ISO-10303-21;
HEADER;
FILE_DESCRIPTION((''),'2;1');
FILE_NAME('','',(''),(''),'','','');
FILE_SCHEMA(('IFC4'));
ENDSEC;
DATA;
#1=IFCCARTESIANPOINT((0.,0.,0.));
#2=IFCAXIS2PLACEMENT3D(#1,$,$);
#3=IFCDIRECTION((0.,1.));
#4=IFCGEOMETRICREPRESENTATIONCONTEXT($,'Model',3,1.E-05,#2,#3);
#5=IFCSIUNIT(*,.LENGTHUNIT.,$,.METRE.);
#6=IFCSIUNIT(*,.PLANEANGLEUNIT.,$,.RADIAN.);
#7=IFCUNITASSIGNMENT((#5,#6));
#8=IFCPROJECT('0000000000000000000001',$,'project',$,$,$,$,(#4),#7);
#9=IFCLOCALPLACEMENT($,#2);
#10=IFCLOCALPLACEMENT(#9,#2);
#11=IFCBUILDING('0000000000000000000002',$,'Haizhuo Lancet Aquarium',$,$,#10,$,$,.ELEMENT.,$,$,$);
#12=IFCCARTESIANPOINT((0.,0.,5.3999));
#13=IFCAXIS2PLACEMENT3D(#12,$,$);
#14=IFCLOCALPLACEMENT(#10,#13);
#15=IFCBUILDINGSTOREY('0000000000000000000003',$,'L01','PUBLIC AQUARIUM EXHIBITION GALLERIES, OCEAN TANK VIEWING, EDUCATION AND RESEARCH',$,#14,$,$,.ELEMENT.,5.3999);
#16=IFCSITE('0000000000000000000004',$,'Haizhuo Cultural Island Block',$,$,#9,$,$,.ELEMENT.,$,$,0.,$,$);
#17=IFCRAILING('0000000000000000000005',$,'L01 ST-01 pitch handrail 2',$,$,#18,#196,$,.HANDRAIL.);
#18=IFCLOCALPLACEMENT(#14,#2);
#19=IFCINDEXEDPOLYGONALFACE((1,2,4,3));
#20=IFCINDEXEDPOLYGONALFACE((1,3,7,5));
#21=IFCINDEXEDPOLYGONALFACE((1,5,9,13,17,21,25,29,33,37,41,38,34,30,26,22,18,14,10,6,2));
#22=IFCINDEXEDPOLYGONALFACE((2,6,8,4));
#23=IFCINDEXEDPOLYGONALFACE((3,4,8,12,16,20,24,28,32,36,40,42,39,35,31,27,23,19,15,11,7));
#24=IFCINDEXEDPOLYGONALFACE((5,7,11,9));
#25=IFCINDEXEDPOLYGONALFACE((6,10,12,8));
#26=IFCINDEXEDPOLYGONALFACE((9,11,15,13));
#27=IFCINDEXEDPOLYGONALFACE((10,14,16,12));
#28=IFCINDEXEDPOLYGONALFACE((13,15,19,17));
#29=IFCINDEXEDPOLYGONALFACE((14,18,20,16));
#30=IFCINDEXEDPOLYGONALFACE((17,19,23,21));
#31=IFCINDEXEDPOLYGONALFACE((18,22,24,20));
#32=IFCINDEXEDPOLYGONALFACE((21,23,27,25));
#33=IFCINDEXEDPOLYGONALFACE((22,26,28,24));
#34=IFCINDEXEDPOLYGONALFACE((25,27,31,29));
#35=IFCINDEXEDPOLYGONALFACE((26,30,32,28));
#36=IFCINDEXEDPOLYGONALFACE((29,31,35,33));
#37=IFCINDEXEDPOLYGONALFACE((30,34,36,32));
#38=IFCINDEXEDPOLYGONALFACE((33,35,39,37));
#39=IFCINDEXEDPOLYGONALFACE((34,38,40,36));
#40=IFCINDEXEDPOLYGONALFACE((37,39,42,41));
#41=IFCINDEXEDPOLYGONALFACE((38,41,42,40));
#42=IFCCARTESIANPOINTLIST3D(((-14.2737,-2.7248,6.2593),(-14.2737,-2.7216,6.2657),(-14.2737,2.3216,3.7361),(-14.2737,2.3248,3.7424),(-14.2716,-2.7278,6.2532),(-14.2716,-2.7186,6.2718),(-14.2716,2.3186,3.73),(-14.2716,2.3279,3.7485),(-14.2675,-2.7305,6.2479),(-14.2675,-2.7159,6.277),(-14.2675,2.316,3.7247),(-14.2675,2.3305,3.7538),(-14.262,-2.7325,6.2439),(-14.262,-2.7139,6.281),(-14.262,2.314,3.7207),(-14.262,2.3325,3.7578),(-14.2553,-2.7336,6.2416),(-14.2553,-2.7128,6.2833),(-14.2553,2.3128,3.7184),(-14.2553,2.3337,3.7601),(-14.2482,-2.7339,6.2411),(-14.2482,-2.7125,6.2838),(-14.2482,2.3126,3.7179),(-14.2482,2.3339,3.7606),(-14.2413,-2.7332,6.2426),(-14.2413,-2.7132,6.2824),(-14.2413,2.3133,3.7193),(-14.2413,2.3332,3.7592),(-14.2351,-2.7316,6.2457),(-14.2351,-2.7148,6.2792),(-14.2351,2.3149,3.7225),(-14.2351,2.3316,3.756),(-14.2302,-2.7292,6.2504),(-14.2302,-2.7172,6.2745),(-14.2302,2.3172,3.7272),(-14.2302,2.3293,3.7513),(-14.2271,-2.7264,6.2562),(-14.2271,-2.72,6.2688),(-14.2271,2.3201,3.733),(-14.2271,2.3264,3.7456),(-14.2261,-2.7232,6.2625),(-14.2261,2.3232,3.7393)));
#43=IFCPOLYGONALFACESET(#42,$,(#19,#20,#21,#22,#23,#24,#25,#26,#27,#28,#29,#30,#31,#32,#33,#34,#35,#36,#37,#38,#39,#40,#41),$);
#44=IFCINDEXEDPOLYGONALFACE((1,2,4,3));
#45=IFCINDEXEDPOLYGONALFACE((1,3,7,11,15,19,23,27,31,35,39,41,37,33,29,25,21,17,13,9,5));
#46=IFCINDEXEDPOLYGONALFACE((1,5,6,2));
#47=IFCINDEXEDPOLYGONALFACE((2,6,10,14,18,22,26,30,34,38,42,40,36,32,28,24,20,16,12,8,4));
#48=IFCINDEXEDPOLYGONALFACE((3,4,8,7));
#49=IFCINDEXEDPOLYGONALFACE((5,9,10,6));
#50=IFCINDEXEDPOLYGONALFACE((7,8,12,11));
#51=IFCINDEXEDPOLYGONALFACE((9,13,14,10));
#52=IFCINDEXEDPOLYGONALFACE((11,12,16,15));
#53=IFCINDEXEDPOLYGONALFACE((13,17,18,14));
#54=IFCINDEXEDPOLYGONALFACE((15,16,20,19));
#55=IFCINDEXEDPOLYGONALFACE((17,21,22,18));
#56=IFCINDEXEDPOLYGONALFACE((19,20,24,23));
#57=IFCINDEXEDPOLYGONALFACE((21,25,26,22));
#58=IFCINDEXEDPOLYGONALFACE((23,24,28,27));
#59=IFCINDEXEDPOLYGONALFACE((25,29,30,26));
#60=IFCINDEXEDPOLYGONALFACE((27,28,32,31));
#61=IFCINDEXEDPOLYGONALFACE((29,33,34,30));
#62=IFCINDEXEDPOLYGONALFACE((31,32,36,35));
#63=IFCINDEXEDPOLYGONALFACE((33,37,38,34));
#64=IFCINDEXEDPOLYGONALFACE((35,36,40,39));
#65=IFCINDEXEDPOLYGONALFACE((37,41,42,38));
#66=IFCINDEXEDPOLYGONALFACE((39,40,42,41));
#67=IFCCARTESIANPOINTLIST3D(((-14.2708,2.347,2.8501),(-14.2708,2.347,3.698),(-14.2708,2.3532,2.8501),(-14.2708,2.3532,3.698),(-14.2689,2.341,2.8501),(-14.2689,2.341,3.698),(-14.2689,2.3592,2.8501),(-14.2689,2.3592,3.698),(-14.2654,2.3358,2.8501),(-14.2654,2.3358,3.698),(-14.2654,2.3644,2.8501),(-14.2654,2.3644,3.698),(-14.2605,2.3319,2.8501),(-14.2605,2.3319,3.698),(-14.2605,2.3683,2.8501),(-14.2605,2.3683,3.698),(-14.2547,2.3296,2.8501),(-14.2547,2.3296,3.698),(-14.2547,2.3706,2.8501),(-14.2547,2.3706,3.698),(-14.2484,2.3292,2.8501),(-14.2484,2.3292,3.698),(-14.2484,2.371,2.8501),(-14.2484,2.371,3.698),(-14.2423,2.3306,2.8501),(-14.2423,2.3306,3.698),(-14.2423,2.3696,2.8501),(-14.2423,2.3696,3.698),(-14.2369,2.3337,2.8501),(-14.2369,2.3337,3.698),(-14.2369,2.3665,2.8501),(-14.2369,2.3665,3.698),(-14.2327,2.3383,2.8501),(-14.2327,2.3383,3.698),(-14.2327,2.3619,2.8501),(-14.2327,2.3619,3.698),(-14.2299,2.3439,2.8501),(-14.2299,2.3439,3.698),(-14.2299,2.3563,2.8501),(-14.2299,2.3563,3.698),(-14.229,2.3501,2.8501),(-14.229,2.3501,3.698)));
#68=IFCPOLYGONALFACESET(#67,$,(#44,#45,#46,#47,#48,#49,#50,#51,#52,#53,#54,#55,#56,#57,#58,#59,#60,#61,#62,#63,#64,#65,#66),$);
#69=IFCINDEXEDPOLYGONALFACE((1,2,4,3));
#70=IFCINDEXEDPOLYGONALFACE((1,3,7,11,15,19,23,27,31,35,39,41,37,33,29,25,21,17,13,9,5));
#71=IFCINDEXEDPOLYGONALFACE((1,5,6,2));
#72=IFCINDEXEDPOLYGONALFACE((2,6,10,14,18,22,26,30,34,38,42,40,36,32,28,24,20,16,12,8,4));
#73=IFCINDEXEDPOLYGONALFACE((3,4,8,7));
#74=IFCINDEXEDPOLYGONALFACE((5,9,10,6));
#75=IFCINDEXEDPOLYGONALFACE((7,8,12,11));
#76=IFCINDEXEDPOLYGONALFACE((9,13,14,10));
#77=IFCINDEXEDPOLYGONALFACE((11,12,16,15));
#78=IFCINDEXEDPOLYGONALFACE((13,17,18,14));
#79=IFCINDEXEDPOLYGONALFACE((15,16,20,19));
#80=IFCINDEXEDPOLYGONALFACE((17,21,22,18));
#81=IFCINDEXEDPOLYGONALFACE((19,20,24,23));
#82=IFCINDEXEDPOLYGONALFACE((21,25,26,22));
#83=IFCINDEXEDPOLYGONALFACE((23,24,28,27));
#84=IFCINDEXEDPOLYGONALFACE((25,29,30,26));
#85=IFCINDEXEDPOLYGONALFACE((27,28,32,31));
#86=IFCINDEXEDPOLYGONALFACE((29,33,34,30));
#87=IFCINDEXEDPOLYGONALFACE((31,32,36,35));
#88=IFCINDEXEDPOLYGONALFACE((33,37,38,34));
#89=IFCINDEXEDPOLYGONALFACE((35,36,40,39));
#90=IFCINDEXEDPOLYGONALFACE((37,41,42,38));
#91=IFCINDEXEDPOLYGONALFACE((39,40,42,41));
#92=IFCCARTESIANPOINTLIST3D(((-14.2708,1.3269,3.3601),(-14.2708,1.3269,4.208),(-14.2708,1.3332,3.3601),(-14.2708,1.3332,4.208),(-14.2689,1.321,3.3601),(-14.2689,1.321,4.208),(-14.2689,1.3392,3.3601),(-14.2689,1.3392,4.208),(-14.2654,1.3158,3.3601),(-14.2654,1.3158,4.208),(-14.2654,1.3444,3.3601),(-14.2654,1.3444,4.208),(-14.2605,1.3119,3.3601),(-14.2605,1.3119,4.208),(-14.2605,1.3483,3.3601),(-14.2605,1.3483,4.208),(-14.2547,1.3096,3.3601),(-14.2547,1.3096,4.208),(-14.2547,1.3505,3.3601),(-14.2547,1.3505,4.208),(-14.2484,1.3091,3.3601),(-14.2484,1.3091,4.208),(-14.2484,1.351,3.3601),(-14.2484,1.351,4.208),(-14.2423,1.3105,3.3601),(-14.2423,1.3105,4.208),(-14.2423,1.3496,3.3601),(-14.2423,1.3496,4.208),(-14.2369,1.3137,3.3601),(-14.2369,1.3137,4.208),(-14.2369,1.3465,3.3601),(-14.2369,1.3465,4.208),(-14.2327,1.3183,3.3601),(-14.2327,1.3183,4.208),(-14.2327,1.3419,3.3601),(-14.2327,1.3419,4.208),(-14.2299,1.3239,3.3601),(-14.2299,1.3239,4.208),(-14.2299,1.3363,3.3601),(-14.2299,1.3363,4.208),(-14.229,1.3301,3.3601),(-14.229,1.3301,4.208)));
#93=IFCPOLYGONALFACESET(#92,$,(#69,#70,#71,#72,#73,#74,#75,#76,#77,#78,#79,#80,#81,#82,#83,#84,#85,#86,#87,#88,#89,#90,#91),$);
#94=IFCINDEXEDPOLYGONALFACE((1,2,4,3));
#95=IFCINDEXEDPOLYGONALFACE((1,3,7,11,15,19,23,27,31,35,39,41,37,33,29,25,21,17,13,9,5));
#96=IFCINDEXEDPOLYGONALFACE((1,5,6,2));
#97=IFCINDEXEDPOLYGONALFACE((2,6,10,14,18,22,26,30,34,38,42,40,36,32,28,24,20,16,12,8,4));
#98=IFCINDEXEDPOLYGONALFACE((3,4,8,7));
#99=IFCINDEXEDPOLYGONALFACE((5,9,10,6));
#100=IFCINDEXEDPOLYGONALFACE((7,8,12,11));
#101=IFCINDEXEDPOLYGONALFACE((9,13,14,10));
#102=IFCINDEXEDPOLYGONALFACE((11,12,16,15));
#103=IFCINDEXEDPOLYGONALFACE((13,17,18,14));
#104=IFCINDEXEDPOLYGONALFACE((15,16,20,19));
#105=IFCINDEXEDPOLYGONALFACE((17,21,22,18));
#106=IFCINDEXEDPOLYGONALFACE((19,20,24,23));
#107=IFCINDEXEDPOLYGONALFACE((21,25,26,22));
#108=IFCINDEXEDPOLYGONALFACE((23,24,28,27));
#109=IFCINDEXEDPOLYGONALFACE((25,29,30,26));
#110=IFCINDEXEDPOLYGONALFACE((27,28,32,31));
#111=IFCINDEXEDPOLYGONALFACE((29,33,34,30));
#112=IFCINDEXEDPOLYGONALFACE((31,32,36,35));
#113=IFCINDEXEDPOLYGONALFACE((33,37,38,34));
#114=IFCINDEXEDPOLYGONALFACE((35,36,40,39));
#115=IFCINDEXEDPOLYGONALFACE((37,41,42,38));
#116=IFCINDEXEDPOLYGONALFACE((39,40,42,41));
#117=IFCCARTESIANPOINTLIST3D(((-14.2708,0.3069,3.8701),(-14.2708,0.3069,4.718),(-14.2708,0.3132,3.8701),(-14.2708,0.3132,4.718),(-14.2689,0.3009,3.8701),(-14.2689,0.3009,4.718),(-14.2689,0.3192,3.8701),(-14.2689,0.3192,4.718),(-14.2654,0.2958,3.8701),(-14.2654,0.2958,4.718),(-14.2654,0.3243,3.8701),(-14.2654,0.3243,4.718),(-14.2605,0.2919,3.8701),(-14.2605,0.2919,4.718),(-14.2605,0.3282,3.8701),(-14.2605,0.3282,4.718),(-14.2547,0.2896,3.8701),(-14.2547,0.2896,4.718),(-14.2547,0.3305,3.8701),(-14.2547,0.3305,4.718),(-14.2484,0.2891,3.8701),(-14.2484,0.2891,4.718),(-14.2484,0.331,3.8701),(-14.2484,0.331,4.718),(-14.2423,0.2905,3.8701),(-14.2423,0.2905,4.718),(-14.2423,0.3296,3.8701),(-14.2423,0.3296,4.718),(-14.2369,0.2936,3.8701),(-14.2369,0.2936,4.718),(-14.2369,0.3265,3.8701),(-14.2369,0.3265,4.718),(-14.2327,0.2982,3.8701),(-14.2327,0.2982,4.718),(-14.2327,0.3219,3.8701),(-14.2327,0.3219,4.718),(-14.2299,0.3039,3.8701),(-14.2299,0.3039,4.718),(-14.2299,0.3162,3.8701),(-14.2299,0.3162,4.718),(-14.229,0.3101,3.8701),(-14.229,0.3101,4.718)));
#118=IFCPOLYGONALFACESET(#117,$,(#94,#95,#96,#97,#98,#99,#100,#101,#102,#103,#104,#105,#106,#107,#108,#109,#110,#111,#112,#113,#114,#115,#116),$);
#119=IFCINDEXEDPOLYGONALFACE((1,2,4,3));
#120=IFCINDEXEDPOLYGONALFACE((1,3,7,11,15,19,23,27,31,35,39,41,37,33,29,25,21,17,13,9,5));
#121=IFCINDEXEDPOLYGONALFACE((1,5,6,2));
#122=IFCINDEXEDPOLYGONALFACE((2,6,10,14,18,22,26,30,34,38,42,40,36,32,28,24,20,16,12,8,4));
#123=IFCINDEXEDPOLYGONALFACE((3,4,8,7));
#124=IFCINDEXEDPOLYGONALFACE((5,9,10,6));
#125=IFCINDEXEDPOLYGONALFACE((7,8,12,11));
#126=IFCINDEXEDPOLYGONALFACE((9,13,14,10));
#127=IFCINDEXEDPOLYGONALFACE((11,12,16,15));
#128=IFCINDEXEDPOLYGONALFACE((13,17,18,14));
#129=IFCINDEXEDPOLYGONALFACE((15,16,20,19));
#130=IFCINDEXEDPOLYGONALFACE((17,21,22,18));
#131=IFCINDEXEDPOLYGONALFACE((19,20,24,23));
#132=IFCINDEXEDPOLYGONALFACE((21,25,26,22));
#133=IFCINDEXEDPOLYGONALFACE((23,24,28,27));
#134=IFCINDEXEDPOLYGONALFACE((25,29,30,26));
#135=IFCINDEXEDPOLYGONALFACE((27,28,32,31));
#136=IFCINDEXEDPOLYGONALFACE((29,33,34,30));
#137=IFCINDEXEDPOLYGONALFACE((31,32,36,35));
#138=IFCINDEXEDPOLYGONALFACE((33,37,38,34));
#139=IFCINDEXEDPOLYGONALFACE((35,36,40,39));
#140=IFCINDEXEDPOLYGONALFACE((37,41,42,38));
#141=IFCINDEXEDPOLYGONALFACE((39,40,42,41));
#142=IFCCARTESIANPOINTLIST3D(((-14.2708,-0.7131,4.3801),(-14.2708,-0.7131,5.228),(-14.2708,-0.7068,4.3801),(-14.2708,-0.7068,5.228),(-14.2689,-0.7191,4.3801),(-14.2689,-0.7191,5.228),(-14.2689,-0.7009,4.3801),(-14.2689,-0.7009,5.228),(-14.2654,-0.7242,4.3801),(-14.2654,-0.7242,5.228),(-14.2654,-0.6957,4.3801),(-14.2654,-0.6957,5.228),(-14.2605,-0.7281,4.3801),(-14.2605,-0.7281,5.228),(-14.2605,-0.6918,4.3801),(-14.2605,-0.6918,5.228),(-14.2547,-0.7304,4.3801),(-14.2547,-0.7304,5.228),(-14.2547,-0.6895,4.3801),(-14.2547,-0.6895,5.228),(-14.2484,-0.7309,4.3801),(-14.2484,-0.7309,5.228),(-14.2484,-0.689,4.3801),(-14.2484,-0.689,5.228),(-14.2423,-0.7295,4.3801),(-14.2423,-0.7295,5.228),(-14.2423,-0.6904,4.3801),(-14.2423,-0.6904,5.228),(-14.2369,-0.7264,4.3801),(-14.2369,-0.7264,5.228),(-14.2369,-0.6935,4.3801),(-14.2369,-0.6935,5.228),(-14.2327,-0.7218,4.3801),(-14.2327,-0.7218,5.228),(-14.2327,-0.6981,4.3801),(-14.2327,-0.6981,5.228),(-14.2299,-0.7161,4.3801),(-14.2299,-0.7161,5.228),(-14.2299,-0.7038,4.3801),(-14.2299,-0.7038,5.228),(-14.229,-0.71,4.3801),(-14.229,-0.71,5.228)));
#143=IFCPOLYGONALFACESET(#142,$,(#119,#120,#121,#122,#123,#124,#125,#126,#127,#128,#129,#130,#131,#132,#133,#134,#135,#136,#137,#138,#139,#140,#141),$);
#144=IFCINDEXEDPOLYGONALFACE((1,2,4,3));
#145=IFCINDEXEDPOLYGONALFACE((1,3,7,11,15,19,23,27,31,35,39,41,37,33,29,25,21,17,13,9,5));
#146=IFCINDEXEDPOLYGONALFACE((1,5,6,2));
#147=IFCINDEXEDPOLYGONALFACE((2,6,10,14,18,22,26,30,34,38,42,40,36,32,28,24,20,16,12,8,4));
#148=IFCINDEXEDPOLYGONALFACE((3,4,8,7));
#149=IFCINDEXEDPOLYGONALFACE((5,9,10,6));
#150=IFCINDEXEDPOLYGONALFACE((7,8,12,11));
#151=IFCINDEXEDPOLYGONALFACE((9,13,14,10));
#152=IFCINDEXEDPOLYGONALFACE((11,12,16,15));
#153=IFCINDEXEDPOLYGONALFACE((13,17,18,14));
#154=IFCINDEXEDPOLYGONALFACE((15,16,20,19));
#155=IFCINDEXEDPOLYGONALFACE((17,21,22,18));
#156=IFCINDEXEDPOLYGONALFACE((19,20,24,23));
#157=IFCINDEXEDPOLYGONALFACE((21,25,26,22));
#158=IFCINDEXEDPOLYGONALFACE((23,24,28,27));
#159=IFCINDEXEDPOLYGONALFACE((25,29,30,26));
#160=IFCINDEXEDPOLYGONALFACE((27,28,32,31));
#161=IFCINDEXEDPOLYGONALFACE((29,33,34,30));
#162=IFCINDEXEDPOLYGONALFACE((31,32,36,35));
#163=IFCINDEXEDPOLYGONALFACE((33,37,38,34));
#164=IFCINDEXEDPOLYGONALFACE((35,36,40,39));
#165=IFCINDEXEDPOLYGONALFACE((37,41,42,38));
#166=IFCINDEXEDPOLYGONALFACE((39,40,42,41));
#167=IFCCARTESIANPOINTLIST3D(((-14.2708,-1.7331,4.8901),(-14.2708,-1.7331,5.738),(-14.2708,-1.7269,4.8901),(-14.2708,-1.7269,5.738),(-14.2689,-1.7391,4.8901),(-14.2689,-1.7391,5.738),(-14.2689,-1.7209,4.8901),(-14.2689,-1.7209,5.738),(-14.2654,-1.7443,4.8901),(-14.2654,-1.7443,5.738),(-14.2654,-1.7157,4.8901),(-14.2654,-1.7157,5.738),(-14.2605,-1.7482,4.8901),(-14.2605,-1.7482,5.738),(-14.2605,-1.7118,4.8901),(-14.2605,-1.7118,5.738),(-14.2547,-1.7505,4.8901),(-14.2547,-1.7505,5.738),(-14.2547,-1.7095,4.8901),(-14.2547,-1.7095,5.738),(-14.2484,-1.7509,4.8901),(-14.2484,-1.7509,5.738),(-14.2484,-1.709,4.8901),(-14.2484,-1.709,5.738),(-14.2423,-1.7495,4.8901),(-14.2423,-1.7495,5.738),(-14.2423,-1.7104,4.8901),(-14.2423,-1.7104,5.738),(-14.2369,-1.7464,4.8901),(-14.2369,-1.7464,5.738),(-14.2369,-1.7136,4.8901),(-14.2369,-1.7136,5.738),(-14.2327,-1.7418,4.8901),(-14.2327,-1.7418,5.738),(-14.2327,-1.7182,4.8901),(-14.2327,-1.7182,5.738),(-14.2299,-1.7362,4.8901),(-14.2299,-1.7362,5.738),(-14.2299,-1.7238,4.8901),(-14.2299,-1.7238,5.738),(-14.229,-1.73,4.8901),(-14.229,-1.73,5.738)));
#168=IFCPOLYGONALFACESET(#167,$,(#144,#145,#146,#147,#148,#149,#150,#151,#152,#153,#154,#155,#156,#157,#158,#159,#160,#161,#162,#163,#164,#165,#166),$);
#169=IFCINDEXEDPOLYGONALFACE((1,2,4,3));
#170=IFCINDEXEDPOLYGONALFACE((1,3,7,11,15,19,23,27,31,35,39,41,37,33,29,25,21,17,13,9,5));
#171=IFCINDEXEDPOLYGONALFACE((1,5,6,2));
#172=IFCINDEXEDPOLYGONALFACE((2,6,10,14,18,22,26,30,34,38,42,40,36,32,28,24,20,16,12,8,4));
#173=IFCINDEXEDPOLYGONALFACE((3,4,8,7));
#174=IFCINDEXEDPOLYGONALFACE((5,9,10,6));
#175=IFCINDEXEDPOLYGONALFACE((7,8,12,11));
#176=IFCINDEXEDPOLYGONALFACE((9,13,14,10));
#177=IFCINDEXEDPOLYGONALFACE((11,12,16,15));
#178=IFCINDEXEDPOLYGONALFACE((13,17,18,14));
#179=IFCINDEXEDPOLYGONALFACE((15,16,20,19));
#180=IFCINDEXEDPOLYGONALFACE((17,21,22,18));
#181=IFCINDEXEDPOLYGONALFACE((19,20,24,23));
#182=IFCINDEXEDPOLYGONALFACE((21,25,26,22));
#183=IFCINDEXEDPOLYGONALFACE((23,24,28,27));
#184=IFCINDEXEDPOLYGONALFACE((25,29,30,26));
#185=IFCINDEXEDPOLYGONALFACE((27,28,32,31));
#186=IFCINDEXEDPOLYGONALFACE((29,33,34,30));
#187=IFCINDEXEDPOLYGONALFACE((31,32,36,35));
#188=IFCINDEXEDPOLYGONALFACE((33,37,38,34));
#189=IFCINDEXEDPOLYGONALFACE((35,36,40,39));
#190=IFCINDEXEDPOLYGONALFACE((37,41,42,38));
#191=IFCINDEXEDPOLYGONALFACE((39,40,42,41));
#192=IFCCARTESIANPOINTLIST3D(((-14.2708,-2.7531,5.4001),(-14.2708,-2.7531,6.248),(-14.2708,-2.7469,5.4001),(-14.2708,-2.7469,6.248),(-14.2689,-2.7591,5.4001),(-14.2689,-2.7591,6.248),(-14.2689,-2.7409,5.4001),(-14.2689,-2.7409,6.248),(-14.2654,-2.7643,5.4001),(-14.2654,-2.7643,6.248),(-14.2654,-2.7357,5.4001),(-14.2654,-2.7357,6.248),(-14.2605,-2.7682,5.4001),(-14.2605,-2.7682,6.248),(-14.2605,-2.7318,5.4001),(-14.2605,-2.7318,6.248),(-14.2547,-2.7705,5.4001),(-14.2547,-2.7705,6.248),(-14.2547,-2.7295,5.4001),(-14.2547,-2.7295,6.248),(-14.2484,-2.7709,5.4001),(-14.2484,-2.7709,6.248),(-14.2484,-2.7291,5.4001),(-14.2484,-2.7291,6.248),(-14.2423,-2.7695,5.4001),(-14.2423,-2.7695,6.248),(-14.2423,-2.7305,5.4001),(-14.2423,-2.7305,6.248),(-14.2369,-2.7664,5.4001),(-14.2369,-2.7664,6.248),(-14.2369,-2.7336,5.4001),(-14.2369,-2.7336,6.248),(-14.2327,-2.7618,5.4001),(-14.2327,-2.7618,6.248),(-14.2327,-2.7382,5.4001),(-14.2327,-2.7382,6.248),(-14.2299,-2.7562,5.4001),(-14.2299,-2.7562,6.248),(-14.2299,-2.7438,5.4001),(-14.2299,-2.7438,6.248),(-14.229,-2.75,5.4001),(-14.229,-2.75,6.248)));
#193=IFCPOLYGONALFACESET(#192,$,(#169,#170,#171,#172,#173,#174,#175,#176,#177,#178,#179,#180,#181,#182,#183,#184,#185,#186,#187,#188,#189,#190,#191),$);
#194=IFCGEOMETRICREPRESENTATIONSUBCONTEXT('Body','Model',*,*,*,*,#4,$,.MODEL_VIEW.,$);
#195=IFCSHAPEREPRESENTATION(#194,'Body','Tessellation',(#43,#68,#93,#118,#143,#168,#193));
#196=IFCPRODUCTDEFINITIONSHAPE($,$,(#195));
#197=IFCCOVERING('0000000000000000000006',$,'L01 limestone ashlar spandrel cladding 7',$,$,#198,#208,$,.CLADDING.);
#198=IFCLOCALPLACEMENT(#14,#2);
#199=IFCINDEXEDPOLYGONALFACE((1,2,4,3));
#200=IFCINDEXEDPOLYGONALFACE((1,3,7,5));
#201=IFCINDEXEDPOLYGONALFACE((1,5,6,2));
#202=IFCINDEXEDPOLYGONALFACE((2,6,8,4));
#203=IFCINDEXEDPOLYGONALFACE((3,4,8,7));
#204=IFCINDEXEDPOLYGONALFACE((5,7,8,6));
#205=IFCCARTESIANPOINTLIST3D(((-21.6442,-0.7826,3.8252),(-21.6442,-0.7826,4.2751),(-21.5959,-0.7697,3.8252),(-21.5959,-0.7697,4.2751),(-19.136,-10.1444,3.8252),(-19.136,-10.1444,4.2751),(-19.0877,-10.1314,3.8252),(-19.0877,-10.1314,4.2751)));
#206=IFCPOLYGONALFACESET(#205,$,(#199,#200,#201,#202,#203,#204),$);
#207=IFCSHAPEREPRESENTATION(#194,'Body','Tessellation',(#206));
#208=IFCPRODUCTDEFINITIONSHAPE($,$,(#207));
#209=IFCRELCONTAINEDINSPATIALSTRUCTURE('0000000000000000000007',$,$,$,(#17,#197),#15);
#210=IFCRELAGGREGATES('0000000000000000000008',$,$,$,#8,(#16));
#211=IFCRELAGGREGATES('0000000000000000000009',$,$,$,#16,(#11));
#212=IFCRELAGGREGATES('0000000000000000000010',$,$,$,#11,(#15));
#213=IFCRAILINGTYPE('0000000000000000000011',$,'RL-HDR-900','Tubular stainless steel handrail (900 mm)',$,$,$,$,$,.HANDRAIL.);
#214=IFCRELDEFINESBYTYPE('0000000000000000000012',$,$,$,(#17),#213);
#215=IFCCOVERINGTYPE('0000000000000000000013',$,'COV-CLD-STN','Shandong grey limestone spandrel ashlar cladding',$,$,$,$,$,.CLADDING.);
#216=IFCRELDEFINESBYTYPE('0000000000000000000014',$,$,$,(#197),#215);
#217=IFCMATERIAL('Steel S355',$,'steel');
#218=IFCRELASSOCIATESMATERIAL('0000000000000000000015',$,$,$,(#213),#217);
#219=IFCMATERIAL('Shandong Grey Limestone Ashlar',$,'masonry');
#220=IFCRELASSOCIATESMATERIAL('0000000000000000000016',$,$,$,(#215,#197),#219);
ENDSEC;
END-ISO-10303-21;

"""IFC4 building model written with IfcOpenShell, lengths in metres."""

from ifc_helpers import new_model, si_unit, direction, frame, origin, origin_2d, place, context, subcontext, project, spatial, rectangle, circle, extrude, material, type_object, element, save


model = new_model("IFC4")

# Units and contexts
model_context = context("Model", 3, precision=1e-05, world=origin(), true_north=direction((0.0, 1.0)))
body_context = subcontext(model_context, "Body", "Model", "MODEL_VIEW")
ifc_project = project(units=[si_unit("LENGTHUNIT", "METRE"), si_unit("PLANEANGLEUNIT", "RADIAN")], contexts=[model_context])

# Site, building, storey
site_placement = place(None, origin())
site = spatial("IfcSite", under=ifc_project, at=site_placement, Name="Haizhuo Cultural Island Block", CompositionType="ELEMENT", RefElevation=0.0)
building_placement = place(site_placement, origin())
building = spatial("IfcBuilding", under=site, at=building_placement, Name="Haizhuo Lancet Aquarium", CompositionType="ELEMENT")
storey_placement = place(building_placement, frame((0.0, 0.0, 5.3999)))
storey = spatial("IfcBuildingStorey", under=building, at=storey_placement, Name="L01", Description="PUBLIC AQUARIUM EXHIBITION GALLERIES, OCEAN TANK VIEWING, EDUCATION AND RESEARCH", CompositionType="ELEMENT", Elevation=5.3999)

# Shared definitions
ifc_material_1 = material(Name="Shandong Grey Limestone Ashlar", Category="masonry")

# Shared definitions
ifc_material_2 = material(Name="Steel S355", Category="steel")

# Railing
railing_type_1 = type_object("IfcRailingType", Name="RL-HDR-900", Description="Tubular stainless steel handrail (900 mm)", PredefinedType="HANDRAIL", material=ifc_material_2)
railing_1_placement = place(storey_placement, frame((-14.25, 2.3501, 2.8501)))
element("IfcRailing", 1, at=railing_1_placement, inside=storey, type_object=railing_type_1, Name="L01 ST-01 pitch handrail 2", PredefinedType="HANDRAIL", context=body_context, shape_type="SweptSolid", body=[
    extrude(circle(Radius=0.0239, at=origin_2d()), frame((0.0, -0.0269, 0.8892), z_axis=(0.0, -0.894427, 0.447214), x_axis=(1.0, 0.0, 0.0)), (0.0, 0.0, 1.0), 5.6421),
    extrude(circle(Radius=0.021, at=origin_2d()), origin(), (0.0, 0.0, 1.0), 0.8479),
    extrude(circle(Radius=0.021, at=origin_2d()), frame((0.0, -1.02, 0.51)), (0.0, 0.0, 1.0), 0.8479),
    extrude(circle(Radius=0.021, at=origin_2d()), frame((0.0, -2.04, 1.02)), (0.0, 0.0, 1.0), 0.8479),
    extrude(circle(Radius=0.021, at=origin_2d()), frame((0.0, -3.0601, 1.53)), (0.0, 0.0, 1.0), 0.8479),
    extrude(circle(Radius=0.021, at=origin_2d()), frame((0.0, -4.0801, 2.04)), (0.0, 0.0, 1.0), 0.8479),
    extrude(circle(Radius=0.021, at=origin_2d()), frame((0.0, -5.1001, 2.55)), (0.0, 0.0, 1.0), 0.8479),
])

# Covering
covering_type = type_object("IfcCoveringType", Name="COV-CLD-STN", Description="Shandong grey limestone spandrel ashlar cladding", PredefinedType="CLADDING", material=ifc_material_1)
for number, where, z_axis, x_axis, name in (
    (2, (-20.366, -5.457, 3.8252), (0.0, 0.0, 1.0), (-0.258794, 0.965933, 0.0), "L01 limestone ashlar spandrel cladding 7"),
):
    element("IfcCovering", number, at=place(storey_placement, frame(where, z_axis=z_axis, x_axis=x_axis)), inside=storey, type_object=covering_type, material=ifc_material_1, Name=name, PredefinedType="CLADDING", context=body_context, shape_type="SweptSolid", body=[
        extrude(rectangle(XDim=9.6919, YDim=0.05, at=origin_2d()), origin(), (0.0, 0.0, 1.0), 0.45),
    ])

save(model, "model.ifc")
